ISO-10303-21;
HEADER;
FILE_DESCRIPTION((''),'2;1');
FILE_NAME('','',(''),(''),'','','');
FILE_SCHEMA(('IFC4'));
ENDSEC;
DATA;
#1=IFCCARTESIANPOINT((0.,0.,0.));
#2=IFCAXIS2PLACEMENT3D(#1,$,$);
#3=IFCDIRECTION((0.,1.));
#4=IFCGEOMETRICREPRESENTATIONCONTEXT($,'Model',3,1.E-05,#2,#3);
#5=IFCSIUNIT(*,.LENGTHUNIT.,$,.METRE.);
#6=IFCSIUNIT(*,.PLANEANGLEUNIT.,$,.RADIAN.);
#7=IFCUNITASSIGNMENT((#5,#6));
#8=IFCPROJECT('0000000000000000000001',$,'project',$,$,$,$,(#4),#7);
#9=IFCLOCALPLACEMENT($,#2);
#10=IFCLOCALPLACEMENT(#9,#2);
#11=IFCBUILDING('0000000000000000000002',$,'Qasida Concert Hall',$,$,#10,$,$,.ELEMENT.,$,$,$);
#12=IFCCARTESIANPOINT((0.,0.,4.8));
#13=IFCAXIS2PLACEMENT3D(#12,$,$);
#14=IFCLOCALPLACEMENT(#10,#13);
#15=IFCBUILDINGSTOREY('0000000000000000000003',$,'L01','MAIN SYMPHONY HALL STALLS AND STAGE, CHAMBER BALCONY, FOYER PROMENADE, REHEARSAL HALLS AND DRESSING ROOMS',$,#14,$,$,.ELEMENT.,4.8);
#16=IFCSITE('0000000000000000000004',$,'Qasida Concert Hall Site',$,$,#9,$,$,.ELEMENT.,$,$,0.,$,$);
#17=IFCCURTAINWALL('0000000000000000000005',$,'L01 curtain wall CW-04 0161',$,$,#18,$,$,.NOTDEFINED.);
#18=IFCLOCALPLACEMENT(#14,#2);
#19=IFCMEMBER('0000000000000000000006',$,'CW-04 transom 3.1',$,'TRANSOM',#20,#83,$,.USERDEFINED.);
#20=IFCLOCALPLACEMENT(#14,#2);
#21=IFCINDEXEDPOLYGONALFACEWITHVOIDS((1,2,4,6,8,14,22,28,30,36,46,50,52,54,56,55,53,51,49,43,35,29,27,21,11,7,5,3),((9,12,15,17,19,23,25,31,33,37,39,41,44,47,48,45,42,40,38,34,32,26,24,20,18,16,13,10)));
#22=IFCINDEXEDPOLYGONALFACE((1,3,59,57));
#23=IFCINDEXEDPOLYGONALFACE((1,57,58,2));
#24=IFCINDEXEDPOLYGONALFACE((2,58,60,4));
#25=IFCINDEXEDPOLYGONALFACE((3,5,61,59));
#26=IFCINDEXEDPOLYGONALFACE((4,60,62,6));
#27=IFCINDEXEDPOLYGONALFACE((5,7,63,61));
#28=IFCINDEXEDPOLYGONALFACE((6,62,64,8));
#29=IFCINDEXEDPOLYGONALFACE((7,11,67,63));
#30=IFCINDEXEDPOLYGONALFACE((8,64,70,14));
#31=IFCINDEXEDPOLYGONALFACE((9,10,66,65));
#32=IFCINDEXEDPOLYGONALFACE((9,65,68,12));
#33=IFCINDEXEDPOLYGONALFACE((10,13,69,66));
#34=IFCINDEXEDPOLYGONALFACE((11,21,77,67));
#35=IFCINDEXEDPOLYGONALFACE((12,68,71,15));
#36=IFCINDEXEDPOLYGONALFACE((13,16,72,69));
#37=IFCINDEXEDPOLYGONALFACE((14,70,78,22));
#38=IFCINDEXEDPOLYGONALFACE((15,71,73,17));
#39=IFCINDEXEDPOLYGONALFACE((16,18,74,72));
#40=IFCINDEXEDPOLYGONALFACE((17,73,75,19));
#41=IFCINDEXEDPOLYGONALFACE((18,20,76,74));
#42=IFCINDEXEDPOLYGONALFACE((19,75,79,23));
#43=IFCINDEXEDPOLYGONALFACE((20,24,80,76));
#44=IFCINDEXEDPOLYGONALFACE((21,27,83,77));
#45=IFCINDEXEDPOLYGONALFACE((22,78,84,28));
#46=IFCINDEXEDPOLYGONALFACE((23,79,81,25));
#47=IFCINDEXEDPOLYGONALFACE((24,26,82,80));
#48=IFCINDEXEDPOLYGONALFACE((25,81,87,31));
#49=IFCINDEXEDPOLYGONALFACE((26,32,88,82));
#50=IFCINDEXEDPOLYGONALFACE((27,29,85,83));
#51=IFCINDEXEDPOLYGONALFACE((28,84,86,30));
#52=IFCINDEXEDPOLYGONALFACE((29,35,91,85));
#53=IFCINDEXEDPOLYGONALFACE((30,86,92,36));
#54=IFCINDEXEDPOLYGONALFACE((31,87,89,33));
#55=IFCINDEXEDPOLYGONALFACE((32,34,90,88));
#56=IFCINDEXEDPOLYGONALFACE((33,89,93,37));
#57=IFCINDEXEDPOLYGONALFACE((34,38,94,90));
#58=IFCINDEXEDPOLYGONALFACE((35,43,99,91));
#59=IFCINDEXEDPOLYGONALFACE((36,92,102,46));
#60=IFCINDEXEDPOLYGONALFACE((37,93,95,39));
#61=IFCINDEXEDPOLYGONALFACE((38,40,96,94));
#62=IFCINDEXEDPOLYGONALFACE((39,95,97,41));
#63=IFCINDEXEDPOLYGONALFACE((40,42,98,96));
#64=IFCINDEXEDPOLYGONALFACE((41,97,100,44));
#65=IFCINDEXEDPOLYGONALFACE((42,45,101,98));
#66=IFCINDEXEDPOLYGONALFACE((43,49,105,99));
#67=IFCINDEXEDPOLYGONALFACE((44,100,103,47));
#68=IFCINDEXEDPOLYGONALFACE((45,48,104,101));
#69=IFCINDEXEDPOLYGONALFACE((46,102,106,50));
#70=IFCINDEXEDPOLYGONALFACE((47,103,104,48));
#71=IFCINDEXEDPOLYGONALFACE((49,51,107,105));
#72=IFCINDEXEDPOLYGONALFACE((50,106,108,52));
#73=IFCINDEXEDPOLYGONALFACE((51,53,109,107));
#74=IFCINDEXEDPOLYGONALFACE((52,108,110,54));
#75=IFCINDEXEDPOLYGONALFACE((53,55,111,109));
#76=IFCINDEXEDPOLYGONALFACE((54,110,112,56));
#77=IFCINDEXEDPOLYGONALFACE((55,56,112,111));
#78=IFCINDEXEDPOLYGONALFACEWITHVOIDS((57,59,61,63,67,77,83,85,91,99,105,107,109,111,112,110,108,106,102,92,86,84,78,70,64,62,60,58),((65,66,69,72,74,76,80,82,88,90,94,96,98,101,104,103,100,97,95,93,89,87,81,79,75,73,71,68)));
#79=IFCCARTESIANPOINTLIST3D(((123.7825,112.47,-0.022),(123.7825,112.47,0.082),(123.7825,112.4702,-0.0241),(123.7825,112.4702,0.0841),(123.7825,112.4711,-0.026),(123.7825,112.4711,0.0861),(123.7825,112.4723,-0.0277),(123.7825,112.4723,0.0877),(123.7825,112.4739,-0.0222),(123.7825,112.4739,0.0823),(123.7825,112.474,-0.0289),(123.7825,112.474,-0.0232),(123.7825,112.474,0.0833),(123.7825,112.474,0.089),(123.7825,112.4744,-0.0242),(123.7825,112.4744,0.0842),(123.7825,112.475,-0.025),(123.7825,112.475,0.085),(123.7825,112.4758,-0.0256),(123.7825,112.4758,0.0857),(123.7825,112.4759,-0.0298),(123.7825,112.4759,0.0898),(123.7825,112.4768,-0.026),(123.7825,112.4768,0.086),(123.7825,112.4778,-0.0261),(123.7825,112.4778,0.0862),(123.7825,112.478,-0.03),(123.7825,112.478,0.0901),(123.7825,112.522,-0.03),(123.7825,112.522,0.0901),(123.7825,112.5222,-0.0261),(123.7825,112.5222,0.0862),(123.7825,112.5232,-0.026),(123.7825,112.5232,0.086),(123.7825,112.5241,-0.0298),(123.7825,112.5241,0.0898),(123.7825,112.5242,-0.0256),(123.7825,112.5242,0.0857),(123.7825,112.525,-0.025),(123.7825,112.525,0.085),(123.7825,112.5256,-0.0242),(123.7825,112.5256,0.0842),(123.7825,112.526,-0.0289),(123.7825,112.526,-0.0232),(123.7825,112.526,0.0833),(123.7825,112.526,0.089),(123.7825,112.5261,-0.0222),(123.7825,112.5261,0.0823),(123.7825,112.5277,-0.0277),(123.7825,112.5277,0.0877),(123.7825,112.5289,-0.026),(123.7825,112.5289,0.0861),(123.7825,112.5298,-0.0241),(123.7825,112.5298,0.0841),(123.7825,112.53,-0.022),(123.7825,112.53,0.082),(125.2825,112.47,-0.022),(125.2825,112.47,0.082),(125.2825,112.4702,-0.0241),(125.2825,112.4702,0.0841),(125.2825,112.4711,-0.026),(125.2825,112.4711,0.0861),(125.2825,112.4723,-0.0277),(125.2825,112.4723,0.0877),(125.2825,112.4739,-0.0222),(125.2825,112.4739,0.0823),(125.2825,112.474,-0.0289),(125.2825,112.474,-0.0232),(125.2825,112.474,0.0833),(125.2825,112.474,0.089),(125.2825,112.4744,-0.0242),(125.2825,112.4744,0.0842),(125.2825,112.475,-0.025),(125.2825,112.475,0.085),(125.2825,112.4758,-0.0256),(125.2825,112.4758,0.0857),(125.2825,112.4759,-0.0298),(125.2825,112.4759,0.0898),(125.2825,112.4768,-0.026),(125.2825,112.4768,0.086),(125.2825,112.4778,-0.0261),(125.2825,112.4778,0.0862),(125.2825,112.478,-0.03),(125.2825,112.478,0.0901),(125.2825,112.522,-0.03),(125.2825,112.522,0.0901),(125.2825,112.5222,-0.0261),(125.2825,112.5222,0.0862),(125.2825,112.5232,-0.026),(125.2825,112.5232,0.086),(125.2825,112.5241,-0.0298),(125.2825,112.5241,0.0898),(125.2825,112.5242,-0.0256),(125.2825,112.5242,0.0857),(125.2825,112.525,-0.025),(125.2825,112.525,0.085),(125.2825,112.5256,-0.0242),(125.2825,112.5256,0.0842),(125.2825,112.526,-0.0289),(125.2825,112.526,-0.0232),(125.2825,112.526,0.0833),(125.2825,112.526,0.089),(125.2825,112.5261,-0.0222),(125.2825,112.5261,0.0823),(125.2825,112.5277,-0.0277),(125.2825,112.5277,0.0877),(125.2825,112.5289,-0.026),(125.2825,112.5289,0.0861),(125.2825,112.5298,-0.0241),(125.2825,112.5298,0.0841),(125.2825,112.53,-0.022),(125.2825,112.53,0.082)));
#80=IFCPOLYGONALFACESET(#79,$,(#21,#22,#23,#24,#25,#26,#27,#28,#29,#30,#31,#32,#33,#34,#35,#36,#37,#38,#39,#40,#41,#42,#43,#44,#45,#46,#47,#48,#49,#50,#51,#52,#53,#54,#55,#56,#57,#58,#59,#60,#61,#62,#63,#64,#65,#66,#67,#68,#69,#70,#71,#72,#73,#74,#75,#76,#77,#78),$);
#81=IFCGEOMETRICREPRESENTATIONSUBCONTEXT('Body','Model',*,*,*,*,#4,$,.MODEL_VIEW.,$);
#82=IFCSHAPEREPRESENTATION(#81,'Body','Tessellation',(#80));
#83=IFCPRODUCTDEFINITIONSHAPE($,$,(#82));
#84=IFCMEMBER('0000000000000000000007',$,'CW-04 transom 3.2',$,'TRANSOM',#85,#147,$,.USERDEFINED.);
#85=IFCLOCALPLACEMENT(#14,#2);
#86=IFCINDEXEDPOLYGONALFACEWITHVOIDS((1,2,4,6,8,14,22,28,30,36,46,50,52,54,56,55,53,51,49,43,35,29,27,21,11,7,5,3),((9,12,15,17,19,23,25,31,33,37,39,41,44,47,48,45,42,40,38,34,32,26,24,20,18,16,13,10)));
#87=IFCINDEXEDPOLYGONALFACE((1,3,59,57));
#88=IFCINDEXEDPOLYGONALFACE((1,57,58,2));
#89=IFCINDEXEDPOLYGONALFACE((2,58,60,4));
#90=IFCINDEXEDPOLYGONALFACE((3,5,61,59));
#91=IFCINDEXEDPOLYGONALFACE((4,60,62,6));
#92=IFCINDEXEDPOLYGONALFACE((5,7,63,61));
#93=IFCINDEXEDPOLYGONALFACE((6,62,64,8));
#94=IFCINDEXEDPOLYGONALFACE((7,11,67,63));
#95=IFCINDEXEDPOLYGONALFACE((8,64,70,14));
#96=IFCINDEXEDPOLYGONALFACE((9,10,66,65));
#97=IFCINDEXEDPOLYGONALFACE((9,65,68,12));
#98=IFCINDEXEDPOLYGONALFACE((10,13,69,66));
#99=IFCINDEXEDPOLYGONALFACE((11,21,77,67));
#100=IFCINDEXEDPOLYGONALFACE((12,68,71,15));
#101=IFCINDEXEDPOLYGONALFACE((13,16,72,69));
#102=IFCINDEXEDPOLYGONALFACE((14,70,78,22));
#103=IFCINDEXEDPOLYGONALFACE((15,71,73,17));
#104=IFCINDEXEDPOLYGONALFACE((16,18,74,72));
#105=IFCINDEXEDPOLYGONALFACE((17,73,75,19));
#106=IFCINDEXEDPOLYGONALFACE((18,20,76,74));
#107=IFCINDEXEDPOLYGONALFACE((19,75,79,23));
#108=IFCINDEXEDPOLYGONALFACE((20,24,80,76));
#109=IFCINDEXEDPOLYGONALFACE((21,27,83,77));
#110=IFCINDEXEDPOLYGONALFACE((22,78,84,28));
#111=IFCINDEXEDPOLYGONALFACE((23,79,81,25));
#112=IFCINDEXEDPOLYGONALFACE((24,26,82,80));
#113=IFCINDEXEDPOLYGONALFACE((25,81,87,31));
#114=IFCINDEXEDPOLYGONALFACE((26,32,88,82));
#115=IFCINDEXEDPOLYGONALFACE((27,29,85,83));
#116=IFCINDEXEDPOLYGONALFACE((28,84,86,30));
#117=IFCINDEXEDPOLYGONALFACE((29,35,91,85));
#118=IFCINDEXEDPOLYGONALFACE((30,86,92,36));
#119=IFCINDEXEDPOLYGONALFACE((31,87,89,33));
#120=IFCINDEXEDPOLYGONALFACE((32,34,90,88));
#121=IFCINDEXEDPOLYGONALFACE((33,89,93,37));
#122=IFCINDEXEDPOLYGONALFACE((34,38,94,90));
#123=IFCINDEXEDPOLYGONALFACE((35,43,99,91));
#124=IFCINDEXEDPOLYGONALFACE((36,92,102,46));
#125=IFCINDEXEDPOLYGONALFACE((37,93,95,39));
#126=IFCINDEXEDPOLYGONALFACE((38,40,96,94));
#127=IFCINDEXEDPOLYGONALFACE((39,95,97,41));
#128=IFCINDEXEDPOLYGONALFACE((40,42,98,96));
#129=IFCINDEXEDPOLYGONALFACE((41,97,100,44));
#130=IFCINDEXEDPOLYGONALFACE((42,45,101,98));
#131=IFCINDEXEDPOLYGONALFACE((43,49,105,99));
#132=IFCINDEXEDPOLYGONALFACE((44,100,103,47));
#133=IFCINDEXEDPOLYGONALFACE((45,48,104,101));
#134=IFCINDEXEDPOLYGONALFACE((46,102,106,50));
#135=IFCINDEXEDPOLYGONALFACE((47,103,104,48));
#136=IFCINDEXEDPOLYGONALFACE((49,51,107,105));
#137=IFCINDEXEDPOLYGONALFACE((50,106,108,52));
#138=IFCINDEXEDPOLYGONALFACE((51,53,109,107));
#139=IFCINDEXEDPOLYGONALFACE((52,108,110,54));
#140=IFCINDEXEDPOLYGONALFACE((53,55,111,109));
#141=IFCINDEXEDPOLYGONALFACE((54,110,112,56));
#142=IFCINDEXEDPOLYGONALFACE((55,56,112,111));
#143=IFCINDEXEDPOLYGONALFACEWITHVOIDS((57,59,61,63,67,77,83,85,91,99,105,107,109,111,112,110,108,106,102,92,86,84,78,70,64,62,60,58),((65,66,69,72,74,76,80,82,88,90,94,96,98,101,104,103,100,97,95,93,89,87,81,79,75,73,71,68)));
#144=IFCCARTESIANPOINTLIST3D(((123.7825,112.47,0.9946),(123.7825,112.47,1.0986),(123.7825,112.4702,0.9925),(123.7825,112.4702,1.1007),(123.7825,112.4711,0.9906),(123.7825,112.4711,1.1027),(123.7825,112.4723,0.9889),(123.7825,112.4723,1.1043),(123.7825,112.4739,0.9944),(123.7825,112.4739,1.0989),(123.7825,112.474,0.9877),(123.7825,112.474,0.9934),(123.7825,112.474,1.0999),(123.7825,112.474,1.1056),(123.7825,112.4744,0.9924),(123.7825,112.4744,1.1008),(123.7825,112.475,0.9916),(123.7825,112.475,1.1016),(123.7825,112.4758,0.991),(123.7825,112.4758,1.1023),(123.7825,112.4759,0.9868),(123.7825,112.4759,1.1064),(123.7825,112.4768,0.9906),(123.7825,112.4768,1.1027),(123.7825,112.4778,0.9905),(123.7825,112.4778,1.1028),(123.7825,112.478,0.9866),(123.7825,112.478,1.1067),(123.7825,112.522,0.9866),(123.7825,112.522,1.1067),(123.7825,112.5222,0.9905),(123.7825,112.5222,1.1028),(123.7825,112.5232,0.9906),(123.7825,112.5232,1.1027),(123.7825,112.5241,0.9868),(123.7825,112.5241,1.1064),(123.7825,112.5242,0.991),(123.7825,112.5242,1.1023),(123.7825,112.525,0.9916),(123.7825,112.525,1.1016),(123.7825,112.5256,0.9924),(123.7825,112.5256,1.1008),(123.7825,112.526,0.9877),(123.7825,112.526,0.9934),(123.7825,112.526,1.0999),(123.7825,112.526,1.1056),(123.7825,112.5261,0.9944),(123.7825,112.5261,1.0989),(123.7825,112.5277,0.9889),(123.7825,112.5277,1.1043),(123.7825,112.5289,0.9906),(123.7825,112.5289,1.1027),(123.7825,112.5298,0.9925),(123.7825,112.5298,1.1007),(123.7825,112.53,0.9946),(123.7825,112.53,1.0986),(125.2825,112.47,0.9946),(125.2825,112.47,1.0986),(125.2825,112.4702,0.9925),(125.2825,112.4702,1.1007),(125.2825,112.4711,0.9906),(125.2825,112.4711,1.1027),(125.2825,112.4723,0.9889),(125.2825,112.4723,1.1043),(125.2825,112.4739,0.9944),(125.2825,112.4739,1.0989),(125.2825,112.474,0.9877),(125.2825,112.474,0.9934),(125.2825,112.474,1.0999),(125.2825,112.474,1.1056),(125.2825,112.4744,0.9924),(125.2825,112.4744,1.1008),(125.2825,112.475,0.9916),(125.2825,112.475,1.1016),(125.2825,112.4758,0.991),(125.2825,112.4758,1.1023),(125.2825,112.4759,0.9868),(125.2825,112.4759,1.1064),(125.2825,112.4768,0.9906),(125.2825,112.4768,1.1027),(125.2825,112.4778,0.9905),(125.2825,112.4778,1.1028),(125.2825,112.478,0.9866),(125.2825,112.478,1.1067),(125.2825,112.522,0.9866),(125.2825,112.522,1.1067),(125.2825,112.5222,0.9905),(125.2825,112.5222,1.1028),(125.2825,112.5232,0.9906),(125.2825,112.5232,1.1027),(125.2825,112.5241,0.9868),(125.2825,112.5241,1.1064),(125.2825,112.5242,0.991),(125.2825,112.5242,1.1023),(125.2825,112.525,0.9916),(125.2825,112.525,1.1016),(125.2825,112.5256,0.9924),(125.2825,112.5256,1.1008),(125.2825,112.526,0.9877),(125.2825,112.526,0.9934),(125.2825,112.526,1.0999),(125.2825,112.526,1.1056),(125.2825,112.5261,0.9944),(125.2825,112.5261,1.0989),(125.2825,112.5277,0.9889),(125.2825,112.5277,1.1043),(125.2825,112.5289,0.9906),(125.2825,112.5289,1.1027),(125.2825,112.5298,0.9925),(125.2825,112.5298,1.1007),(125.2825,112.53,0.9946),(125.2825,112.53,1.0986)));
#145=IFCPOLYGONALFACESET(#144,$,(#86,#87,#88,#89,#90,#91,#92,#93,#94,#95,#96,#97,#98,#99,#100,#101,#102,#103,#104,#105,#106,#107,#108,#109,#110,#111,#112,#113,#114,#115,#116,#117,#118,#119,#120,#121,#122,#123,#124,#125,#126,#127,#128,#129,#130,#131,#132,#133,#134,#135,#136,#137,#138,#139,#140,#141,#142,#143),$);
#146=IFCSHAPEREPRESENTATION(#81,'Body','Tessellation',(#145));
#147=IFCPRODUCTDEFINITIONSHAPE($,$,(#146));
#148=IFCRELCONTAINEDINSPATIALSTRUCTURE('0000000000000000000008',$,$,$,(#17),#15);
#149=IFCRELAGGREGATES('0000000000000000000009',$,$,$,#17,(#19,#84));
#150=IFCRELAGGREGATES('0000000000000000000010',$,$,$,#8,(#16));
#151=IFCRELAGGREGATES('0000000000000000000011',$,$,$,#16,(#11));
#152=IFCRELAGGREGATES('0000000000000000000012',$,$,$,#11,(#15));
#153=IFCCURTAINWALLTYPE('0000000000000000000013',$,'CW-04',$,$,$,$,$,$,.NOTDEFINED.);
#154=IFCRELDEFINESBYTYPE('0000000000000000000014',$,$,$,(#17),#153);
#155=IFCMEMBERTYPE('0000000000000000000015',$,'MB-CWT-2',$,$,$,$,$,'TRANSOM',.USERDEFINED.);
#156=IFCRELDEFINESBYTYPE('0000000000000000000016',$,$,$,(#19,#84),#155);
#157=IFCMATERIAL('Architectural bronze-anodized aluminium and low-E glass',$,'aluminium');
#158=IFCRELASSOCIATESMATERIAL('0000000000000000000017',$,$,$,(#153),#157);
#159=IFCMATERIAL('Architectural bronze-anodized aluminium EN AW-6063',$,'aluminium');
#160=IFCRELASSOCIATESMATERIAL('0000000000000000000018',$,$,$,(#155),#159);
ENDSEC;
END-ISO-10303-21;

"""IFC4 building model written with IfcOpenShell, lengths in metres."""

from ifc_helpers import new_model, si_unit, direction, frame, origin, origin_2d, place, context, subcontext, project, spatial, hollow_rectangle, extrude, material, material_profile, profile_set, type_object, element, aggregate, save


model = new_model("IFC4")

# Units and contexts
model_context = context("Model", 3, precision=1e-05, world=origin(), true_north=direction((0.0, 1.0)))
body_context = subcontext(model_context, "Body", "Model", "MODEL_VIEW")
ifc_project = project(units=[si_unit("LENGTHUNIT", "METRE"), si_unit("PLANEANGLEUNIT", "RADIAN")], contexts=[model_context])

# Site, building, storey
site_placement = place(None, origin())
site = spatial("IfcSite", under=ifc_project, at=site_placement, Name="Qasida Concert Hall Site", CompositionType="ELEMENT", RefElevation=0.0)
building_placement = place(site_placement, origin())
building = spatial("IfcBuilding", under=site, at=building_placement, Name="Qasida Concert Hall", CompositionType="ELEMENT")
storey_placement = place(building_placement, frame((0.0, 0.0, 4.8)))
storey = spatial("IfcBuildingStorey", under=building, at=storey_placement, Name="L01", Description="MAIN SYMPHONY HALL STALLS AND STAGE, CHAMBER BALCONY, FOYER PROMENADE, REHEARSAL HALLS AND DRESSING ROOMS", CompositionType="ELEMENT", Elevation=4.8)

# Curtain wall, members
ifc_material_1 = material(Name="Architectural bronze-anodized aluminium and low-E glass", Category="aluminium")
curtain_wall_type = type_object("IfcCurtainWallType", Name="CW-04", PredefinedType="NOTDEFINED", material=ifc_material_1)
curtain_wall_placement = place(storey_placement, origin())
curtain_wall = element("IfcCurtainWall", 1, at=curtain_wall_placement, inside=storey, type_object=curtain_wall_type, Name="L01 curtain wall CW-04 0161", PredefinedType="NOTDEFINED")
ifc_material_2 = material(Name="Architectural bronze-anodized aluminium EN AW-6063", Category="aluminium")
ifc_material_profile_1 = material_profile(ifc_material_2, hollow_rectangle(XDim=0.0601, YDim=0.1201, WallThickness=0.0039, InnerFilletRadius=0.0039, OuterFilletRadius=0.0081, at=origin_2d()), Name="CWT 120x60x4")
ifc_profile_set_1 = profile_set([ifc_material_profile_1], Name="Architectural bronze-anodized aluminium EN AW-6063")
member_type_1 = type_object("IfcMemberType", Name="MB-CWT-2", ElementType="TRANSOM", PredefinedType="USERDEFINED", material=ifc_profile_set_1)
member_1_placement = place(storey_placement, frame((123.7825, 112.5, 0.03), z_axis=(1.0, 0.0, 0.0), x_axis=(0.0, 1.0, 0.0)))
member_1 = element("IfcMember", 2, at=member_1_placement, type_object=member_type_1, Name="CW-04 transom 3.1", ObjectType="TRANSOM", PredefinedType="USERDEFINED", context=body_context, shape_type="SweptSolid", body=[
    extrude(hollow_rectangle(XDim=0.0601, YDim=0.1201, WallThickness=0.0039, InnerFilletRadius=0.0039, OuterFilletRadius=0.0081, at=origin_2d()), origin(), (0.0, 0.0, 1.0), 1.5),
])
member_2_placement = place(storey_placement, frame((123.7825, 112.5, 1.0466), z_axis=(1.0, 0.0, 0.0), x_axis=(0.0, 1.0, 0.0)))
member_2 = element("IfcMember", 3, at=member_2_placement, type_object=member_type_1, Name="CW-04 transom 3.2", ObjectType="TRANSOM", PredefinedType="USERDEFINED", context=body_context, shape_type="SweptSolid", body=[
    extrude(hollow_rectangle(XDim=0.0601, YDim=0.1201, WallThickness=0.0039, InnerFilletRadius=0.0039, OuterFilletRadius=0.0081, at=origin_2d()), origin(), (0.0, 0.0, 1.0), 1.5),
])
aggregate(curtain_wall, [member_1, member_2])

save(model, "model.ifc")
